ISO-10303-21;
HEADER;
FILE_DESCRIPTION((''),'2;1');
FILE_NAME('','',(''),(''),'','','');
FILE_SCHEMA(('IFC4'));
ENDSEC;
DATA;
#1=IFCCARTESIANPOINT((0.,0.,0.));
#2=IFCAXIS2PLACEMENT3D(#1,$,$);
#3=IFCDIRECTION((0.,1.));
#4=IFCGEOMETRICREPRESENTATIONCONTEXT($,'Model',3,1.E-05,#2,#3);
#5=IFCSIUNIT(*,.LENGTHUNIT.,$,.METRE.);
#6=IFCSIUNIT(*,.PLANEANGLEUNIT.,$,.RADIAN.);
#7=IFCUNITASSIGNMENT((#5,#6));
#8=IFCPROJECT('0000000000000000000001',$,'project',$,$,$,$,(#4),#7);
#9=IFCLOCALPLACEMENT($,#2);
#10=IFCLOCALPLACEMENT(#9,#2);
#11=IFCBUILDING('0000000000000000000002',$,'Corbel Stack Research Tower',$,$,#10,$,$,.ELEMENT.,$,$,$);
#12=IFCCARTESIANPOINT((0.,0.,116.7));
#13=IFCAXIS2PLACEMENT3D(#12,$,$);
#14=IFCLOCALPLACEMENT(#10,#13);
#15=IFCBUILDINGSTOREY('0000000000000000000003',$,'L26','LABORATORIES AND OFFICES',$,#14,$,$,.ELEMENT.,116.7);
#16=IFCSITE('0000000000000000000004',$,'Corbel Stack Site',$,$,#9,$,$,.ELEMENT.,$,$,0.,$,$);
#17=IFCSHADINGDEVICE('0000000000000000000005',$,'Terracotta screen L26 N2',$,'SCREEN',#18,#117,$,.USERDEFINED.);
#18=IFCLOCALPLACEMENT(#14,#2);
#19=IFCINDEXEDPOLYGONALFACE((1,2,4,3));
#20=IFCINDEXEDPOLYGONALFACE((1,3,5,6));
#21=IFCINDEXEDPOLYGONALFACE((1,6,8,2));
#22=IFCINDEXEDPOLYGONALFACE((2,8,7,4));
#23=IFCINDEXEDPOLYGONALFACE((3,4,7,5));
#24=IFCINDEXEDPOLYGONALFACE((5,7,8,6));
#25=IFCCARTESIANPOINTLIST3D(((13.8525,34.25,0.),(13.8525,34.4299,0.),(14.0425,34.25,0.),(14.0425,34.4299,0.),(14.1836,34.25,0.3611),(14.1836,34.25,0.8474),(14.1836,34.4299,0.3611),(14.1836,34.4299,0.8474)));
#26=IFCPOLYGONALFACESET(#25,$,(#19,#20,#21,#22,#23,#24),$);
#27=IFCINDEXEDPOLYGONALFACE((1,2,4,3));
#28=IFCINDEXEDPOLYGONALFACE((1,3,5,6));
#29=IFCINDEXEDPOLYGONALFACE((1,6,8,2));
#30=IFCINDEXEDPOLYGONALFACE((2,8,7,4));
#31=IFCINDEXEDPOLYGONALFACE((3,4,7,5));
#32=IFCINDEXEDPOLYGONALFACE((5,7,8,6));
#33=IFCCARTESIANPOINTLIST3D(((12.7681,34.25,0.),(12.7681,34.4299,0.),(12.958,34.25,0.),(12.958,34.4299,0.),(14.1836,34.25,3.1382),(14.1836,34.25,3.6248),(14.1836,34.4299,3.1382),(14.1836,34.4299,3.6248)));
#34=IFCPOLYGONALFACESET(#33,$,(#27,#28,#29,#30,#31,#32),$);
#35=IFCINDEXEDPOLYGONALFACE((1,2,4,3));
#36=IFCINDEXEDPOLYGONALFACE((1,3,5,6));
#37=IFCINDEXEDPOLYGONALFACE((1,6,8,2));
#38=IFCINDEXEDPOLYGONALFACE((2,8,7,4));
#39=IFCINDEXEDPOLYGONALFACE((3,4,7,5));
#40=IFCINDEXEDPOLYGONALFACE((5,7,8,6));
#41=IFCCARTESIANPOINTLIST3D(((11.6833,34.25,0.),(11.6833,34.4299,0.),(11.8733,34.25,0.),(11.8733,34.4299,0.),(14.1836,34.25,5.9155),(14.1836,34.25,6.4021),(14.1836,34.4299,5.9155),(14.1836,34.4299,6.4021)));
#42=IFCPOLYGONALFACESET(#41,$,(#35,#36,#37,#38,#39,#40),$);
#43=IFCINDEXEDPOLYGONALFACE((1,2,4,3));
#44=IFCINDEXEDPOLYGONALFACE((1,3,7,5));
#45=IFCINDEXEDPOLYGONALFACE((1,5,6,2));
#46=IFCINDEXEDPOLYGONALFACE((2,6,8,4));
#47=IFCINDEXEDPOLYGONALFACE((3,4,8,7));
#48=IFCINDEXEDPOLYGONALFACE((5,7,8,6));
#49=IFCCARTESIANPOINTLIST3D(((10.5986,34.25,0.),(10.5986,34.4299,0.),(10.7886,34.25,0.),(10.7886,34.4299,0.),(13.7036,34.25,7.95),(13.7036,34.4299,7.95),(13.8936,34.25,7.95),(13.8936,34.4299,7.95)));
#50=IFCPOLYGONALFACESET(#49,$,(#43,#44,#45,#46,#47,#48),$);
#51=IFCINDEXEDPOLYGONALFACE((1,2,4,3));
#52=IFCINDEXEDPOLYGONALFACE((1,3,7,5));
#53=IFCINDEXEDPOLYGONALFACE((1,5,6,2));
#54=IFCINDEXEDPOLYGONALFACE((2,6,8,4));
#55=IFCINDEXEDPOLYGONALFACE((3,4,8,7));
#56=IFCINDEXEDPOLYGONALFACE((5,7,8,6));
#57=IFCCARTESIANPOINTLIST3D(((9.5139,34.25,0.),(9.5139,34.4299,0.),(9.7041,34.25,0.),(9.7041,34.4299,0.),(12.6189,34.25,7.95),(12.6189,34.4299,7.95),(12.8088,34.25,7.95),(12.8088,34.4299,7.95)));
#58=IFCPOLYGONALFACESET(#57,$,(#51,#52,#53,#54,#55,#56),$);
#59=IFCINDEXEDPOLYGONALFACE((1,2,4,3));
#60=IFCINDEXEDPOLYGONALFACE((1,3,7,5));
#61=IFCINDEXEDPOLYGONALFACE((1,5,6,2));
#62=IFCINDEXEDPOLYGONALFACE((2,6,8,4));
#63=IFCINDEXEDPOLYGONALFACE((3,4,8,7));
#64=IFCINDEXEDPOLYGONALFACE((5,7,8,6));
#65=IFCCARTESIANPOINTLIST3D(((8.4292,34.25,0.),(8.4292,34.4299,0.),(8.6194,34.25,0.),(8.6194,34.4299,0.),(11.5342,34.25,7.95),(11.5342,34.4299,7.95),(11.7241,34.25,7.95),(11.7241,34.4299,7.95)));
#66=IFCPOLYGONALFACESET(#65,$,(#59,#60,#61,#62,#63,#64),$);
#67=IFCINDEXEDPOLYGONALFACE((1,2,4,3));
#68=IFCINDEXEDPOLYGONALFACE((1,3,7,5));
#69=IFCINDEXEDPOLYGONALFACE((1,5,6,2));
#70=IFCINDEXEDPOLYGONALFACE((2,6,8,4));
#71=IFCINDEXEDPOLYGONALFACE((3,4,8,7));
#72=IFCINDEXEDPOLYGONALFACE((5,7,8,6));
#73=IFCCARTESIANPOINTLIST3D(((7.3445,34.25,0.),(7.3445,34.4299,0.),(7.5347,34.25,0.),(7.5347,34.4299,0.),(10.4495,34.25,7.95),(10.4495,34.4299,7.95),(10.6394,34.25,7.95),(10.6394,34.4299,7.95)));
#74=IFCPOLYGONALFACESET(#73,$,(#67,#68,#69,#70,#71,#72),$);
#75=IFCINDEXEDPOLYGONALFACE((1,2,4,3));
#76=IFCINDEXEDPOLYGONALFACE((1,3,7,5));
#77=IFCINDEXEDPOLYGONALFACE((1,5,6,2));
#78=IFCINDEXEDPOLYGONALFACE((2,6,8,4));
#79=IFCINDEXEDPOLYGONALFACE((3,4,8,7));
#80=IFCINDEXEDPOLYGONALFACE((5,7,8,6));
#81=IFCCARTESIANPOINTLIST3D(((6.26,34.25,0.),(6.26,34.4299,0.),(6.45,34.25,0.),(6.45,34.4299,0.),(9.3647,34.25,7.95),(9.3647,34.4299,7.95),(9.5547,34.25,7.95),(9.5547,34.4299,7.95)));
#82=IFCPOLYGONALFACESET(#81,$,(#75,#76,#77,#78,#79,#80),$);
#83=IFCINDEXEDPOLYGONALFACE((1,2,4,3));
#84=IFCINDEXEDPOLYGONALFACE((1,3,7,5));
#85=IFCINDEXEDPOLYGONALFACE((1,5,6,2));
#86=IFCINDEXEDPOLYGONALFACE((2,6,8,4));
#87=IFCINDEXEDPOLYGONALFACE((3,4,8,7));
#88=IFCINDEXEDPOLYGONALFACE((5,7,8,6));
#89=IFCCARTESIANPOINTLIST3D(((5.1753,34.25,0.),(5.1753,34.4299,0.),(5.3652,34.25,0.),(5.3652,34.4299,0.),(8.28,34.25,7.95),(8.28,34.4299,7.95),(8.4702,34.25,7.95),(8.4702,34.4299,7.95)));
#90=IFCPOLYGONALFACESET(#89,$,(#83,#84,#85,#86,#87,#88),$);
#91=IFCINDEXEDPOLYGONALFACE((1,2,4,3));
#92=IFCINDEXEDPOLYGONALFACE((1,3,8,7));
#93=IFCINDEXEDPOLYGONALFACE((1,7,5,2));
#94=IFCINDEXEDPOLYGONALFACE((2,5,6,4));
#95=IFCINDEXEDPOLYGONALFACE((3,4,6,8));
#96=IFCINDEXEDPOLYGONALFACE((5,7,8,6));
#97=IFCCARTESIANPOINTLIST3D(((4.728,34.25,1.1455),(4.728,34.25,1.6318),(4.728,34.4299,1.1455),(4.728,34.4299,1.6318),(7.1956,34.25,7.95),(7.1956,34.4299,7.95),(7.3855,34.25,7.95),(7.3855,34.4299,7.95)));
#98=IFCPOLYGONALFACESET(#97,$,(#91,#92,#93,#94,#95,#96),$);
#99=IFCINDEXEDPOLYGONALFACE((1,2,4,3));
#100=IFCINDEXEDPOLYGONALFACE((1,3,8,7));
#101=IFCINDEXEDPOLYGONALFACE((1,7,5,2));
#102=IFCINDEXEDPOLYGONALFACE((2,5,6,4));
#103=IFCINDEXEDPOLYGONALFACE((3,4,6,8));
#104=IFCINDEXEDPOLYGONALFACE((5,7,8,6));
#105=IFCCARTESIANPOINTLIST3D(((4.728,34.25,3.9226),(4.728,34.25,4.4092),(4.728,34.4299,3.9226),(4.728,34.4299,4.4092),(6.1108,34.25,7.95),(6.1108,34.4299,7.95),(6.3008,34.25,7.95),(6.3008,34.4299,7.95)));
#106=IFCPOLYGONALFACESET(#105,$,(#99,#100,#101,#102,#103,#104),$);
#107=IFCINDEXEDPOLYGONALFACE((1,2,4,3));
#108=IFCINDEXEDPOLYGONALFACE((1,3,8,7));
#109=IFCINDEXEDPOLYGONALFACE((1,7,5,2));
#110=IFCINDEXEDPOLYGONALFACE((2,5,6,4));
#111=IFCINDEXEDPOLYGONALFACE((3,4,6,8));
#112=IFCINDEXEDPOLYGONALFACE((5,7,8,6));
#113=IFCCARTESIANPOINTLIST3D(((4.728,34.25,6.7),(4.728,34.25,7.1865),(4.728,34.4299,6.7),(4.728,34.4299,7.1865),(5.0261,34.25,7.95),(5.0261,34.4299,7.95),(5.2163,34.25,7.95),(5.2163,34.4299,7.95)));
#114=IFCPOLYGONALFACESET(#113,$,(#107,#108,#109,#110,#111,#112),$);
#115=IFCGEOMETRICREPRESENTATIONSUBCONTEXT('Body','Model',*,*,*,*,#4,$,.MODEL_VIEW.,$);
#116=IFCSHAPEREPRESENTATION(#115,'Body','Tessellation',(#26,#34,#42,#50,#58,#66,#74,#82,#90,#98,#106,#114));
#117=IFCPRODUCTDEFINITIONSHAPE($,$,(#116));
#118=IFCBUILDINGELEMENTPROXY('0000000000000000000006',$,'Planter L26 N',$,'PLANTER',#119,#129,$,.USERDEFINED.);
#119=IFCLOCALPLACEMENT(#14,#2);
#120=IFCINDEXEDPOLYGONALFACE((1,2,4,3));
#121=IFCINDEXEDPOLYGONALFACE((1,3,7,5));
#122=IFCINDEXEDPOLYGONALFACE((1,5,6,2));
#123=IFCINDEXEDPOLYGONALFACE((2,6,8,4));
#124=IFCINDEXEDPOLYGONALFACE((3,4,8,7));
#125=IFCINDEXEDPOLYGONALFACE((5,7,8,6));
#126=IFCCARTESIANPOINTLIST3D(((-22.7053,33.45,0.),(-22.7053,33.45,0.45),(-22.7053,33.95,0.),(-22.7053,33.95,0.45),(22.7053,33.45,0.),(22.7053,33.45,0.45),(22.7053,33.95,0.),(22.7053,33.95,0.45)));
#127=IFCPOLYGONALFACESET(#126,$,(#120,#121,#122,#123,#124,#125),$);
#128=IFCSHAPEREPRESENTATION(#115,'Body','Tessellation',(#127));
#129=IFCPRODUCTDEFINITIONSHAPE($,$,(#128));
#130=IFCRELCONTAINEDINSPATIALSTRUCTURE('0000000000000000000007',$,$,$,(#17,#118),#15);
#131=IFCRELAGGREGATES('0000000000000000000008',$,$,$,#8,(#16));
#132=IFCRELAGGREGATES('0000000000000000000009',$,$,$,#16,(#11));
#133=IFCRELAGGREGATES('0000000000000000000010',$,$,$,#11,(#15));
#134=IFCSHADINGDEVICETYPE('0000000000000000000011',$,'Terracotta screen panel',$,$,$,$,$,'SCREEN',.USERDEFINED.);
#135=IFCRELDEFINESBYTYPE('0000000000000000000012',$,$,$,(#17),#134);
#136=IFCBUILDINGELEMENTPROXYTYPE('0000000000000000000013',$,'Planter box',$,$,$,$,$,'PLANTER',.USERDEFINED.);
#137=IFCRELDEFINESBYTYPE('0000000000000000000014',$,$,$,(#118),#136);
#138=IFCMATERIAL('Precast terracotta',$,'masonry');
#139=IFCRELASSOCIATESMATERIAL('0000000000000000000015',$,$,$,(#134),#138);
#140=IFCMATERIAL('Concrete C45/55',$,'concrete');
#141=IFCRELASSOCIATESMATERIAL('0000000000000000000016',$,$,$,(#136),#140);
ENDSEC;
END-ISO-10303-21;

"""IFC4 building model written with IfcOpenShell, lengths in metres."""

from ifc_helpers import new_model, si_unit, direction, frame, origin, origin_2d, place, context, subcontext, project, spatial, polyline, rectangle, outline, extrude, source, transform, mapped, material, type_object, element, save


model = new_model("IFC4")

# Units and contexts
model_context = context("Model", 3, precision=1e-05, world=origin(), true_north=direction((0.0, 1.0)))
body_context = subcontext(model_context, "Body", "Model", "MODEL_VIEW")
ifc_project = project(units=[si_unit("LENGTHUNIT", "METRE"), si_unit("PLANEANGLEUNIT", "RADIAN")], contexts=[model_context])

# Site, building, storey
site_placement = place(None, origin())
site = spatial("IfcSite", under=ifc_project, at=site_placement, Name="Corbel Stack Site", CompositionType="ELEMENT", RefElevation=0.0)
building_placement = place(site_placement, origin())
building = spatial("IfcBuilding", under=site, at=building_placement, Name="Corbel Stack Research Tower", CompositionType="ELEMENT")
storey_placement = place(building_placement, frame((0.0, 0.0, 116.7)))
storey = spatial("IfcBuildingStorey", under=building, at=storey_placement, Name="L26", Description="LABORATORIES AND OFFICES", CompositionType="ELEMENT", Elevation=116.7)

# Shading device
ifc_material_1 = material(Name="Precast terracotta", Category="masonry")
shading_device_type = type_object("IfcShadingDeviceType", Name="Terracotta screen panel", ElementType="SCREEN", PredefinedType="USERDEFINED", material=ifc_material_1)
shared_shape_1 = source(origin(), body_context, "Body", "SweptSolid", [
    extrude(outline(polyline([(0.3311, 0.0), (0.0, 0.8474), (0.0, 0.3611), (0.1411, 0.0), (0.3311, 0.0)])), frame((0.0, 0.0, 0.0), z_axis=(0.0, -1.0, 0.0), x_axis=(1.0, 0.0, 0.0)), (0.0, 0.0, 1.0), 0.1799),
    extrude(outline(polyline([(1.4155, 0.0), (0.0, 3.6248), (0.0, 3.1382), (1.2256, 0.0), (1.4155, 0.0)])), frame((0.0, 0.0, 0.0), z_axis=(0.0, -1.0, 0.0), x_axis=(1.0, 0.0, 0.0)), (0.0, 0.0, 1.0), 0.1799),
    extrude(outline(polyline([(2.5002, 0.0), (0.0, 6.4021), (0.0, 5.9155), (2.3103, 0.0), (2.5002, 0.0)])), frame((0.0, 0.0, 0.0), z_axis=(0.0, -1.0, 0.0), x_axis=(1.0, 0.0, 0.0)), (0.0, 0.0, 1.0), 0.1799),
    extrude(outline(polyline([(3.585, 0.0), (0.48, 7.95), (0.29, 7.95), (3.395, 0.0), (3.585, 0.0)])), frame((0.0, 0.0, 0.0), z_axis=(0.0, -1.0, 0.0), x_axis=(1.0, 0.0, 0.0)), (0.0, 0.0, 1.0), 0.1799),
    extrude(outline(polyline([(4.6697, 0.0), (1.5647, 7.95), (1.3748, 7.95), (4.4795, 0.0), (4.6697, 0.0)])), frame((0.0, 0.0, 0.0), z_axis=(0.0, -1.0, 0.0), x_axis=(1.0, 0.0, 0.0)), (0.0, 0.0, 1.0), 0.1799),
    extrude(outline(polyline([(5.7544, 0.0), (2.6494, 7.95), (2.4595, 7.95), (5.5642, 0.0), (5.7544, 0.0)])), frame((0.0, 0.0, 0.0), z_axis=(0.0, -1.0, 0.0), x_axis=(1.0, 0.0, 0.0)), (0.0, 0.0, 1.0), 0.1799),
    extrude(outline(polyline([(6.8391, 0.0), (3.7341, 7.95), (3.5442, 7.95), (6.6489, 0.0), (6.8391, 0.0)])), frame((0.0, 0.0, 0.0), z_axis=(0.0, -1.0, 0.0), x_axis=(1.0, 0.0, 0.0)), (0.0, 0.0, 1.0), 0.1799),
    extrude(outline(polyline([(7.9236, 0.0), (4.8188, 7.95), (4.6289, 7.95), (7.7336, 0.0), (7.9236, 0.0)])), frame((0.0, 0.0, 0.0), z_axis=(0.0, -1.0, 0.0), x_axis=(1.0, 0.0, 0.0)), (0.0, 0.0, 1.0), 0.1799),
    extrude(outline(polyline([(9.0083, 0.0), (5.9036, 7.95), (5.7134, 7.95), (8.8184, 0.0), (9.0083, 0.0)])), frame((0.0, 0.0, 0.0), z_axis=(0.0, -1.0, 0.0), x_axis=(1.0, 0.0, 0.0)), (0.0, 0.0, 1.0), 0.1799),
    extrude(outline(polyline([(6.988, 7.95), (6.7981, 7.95), (9.4556, 1.1455), (9.4556, 1.6318), (6.988, 7.95)])), frame((0.0, 0.0, 0.0), z_axis=(0.0, -1.0, 0.0), x_axis=(1.0, 0.0, 0.0)), (0.0, 0.0, 1.0), 0.1799),
    extrude(outline(polyline([(8.0728, 7.95), (7.8828, 7.95), (9.4556, 3.9226), (9.4556, 4.4092), (8.0728, 7.95)])), frame((0.0, 0.0, 0.0), z_axis=(0.0, -1.0, 0.0), x_axis=(1.0, 0.0, 0.0)), (0.0, 0.0, 1.0), 0.1799),
    extrude(outline(polyline([(9.1575, 7.95), (8.9673, 7.95), (9.4556, 6.7), (9.4556, 7.1865), (9.1575, 7.95)])), frame((0.0, 0.0, 0.0), z_axis=(0.0, -1.0, 0.0), x_axis=(1.0, 0.0, 0.0)), (0.0, 0.0, 1.0), 0.1799),
])
shading_device_1_placement = place(storey_placement, frame((14.1836, 34.25, 0.0), z_axis=(0.0, 0.0, 1.0), x_axis=(-1.0, 0.0, 0.0)))
element("IfcShadingDevice", 1, at=shading_device_1_placement, inside=storey, type_object=shading_device_type, Name="Terracotta screen L26 N2", ObjectType="SCREEN", PredefinedType="USERDEFINED", context=body_context, shape_type="MappedRepresentation", body=[
    mapped(shared_shape_1, transform((0.0, 0.0, 0.0))),
])

# Building element proxy
ifc_material_2 = material(Name="Concrete C45/55", Category="concrete")
building_element_proxy_type = type_object("IfcBuildingElementProxyType", Name="Planter box", ElementType="PLANTER", PredefinedType="USERDEFINED", material=ifc_material_2)
proxy_placement = place(storey_placement, frame((0.0, 33.7, 0.0), z_axis=(0.0, 0.0, 1.0), x_axis=(-1.0, 0.0, 0.0)))
element("IfcBuildingElementProxy", 2, at=proxy_placement, inside=storey, type_object=building_element_proxy_type, Name="Planter L26 N", ObjectType="PLANTER", PredefinedType="USERDEFINED", context=body_context, shape_type="SweptSolid", body=[
    extrude(rectangle(XDim=45.4106, YDim=0.5, at=origin_2d()), origin(), (0.0, 0.0, 1.0), 0.45),
])

save(model, "model.ifc")
